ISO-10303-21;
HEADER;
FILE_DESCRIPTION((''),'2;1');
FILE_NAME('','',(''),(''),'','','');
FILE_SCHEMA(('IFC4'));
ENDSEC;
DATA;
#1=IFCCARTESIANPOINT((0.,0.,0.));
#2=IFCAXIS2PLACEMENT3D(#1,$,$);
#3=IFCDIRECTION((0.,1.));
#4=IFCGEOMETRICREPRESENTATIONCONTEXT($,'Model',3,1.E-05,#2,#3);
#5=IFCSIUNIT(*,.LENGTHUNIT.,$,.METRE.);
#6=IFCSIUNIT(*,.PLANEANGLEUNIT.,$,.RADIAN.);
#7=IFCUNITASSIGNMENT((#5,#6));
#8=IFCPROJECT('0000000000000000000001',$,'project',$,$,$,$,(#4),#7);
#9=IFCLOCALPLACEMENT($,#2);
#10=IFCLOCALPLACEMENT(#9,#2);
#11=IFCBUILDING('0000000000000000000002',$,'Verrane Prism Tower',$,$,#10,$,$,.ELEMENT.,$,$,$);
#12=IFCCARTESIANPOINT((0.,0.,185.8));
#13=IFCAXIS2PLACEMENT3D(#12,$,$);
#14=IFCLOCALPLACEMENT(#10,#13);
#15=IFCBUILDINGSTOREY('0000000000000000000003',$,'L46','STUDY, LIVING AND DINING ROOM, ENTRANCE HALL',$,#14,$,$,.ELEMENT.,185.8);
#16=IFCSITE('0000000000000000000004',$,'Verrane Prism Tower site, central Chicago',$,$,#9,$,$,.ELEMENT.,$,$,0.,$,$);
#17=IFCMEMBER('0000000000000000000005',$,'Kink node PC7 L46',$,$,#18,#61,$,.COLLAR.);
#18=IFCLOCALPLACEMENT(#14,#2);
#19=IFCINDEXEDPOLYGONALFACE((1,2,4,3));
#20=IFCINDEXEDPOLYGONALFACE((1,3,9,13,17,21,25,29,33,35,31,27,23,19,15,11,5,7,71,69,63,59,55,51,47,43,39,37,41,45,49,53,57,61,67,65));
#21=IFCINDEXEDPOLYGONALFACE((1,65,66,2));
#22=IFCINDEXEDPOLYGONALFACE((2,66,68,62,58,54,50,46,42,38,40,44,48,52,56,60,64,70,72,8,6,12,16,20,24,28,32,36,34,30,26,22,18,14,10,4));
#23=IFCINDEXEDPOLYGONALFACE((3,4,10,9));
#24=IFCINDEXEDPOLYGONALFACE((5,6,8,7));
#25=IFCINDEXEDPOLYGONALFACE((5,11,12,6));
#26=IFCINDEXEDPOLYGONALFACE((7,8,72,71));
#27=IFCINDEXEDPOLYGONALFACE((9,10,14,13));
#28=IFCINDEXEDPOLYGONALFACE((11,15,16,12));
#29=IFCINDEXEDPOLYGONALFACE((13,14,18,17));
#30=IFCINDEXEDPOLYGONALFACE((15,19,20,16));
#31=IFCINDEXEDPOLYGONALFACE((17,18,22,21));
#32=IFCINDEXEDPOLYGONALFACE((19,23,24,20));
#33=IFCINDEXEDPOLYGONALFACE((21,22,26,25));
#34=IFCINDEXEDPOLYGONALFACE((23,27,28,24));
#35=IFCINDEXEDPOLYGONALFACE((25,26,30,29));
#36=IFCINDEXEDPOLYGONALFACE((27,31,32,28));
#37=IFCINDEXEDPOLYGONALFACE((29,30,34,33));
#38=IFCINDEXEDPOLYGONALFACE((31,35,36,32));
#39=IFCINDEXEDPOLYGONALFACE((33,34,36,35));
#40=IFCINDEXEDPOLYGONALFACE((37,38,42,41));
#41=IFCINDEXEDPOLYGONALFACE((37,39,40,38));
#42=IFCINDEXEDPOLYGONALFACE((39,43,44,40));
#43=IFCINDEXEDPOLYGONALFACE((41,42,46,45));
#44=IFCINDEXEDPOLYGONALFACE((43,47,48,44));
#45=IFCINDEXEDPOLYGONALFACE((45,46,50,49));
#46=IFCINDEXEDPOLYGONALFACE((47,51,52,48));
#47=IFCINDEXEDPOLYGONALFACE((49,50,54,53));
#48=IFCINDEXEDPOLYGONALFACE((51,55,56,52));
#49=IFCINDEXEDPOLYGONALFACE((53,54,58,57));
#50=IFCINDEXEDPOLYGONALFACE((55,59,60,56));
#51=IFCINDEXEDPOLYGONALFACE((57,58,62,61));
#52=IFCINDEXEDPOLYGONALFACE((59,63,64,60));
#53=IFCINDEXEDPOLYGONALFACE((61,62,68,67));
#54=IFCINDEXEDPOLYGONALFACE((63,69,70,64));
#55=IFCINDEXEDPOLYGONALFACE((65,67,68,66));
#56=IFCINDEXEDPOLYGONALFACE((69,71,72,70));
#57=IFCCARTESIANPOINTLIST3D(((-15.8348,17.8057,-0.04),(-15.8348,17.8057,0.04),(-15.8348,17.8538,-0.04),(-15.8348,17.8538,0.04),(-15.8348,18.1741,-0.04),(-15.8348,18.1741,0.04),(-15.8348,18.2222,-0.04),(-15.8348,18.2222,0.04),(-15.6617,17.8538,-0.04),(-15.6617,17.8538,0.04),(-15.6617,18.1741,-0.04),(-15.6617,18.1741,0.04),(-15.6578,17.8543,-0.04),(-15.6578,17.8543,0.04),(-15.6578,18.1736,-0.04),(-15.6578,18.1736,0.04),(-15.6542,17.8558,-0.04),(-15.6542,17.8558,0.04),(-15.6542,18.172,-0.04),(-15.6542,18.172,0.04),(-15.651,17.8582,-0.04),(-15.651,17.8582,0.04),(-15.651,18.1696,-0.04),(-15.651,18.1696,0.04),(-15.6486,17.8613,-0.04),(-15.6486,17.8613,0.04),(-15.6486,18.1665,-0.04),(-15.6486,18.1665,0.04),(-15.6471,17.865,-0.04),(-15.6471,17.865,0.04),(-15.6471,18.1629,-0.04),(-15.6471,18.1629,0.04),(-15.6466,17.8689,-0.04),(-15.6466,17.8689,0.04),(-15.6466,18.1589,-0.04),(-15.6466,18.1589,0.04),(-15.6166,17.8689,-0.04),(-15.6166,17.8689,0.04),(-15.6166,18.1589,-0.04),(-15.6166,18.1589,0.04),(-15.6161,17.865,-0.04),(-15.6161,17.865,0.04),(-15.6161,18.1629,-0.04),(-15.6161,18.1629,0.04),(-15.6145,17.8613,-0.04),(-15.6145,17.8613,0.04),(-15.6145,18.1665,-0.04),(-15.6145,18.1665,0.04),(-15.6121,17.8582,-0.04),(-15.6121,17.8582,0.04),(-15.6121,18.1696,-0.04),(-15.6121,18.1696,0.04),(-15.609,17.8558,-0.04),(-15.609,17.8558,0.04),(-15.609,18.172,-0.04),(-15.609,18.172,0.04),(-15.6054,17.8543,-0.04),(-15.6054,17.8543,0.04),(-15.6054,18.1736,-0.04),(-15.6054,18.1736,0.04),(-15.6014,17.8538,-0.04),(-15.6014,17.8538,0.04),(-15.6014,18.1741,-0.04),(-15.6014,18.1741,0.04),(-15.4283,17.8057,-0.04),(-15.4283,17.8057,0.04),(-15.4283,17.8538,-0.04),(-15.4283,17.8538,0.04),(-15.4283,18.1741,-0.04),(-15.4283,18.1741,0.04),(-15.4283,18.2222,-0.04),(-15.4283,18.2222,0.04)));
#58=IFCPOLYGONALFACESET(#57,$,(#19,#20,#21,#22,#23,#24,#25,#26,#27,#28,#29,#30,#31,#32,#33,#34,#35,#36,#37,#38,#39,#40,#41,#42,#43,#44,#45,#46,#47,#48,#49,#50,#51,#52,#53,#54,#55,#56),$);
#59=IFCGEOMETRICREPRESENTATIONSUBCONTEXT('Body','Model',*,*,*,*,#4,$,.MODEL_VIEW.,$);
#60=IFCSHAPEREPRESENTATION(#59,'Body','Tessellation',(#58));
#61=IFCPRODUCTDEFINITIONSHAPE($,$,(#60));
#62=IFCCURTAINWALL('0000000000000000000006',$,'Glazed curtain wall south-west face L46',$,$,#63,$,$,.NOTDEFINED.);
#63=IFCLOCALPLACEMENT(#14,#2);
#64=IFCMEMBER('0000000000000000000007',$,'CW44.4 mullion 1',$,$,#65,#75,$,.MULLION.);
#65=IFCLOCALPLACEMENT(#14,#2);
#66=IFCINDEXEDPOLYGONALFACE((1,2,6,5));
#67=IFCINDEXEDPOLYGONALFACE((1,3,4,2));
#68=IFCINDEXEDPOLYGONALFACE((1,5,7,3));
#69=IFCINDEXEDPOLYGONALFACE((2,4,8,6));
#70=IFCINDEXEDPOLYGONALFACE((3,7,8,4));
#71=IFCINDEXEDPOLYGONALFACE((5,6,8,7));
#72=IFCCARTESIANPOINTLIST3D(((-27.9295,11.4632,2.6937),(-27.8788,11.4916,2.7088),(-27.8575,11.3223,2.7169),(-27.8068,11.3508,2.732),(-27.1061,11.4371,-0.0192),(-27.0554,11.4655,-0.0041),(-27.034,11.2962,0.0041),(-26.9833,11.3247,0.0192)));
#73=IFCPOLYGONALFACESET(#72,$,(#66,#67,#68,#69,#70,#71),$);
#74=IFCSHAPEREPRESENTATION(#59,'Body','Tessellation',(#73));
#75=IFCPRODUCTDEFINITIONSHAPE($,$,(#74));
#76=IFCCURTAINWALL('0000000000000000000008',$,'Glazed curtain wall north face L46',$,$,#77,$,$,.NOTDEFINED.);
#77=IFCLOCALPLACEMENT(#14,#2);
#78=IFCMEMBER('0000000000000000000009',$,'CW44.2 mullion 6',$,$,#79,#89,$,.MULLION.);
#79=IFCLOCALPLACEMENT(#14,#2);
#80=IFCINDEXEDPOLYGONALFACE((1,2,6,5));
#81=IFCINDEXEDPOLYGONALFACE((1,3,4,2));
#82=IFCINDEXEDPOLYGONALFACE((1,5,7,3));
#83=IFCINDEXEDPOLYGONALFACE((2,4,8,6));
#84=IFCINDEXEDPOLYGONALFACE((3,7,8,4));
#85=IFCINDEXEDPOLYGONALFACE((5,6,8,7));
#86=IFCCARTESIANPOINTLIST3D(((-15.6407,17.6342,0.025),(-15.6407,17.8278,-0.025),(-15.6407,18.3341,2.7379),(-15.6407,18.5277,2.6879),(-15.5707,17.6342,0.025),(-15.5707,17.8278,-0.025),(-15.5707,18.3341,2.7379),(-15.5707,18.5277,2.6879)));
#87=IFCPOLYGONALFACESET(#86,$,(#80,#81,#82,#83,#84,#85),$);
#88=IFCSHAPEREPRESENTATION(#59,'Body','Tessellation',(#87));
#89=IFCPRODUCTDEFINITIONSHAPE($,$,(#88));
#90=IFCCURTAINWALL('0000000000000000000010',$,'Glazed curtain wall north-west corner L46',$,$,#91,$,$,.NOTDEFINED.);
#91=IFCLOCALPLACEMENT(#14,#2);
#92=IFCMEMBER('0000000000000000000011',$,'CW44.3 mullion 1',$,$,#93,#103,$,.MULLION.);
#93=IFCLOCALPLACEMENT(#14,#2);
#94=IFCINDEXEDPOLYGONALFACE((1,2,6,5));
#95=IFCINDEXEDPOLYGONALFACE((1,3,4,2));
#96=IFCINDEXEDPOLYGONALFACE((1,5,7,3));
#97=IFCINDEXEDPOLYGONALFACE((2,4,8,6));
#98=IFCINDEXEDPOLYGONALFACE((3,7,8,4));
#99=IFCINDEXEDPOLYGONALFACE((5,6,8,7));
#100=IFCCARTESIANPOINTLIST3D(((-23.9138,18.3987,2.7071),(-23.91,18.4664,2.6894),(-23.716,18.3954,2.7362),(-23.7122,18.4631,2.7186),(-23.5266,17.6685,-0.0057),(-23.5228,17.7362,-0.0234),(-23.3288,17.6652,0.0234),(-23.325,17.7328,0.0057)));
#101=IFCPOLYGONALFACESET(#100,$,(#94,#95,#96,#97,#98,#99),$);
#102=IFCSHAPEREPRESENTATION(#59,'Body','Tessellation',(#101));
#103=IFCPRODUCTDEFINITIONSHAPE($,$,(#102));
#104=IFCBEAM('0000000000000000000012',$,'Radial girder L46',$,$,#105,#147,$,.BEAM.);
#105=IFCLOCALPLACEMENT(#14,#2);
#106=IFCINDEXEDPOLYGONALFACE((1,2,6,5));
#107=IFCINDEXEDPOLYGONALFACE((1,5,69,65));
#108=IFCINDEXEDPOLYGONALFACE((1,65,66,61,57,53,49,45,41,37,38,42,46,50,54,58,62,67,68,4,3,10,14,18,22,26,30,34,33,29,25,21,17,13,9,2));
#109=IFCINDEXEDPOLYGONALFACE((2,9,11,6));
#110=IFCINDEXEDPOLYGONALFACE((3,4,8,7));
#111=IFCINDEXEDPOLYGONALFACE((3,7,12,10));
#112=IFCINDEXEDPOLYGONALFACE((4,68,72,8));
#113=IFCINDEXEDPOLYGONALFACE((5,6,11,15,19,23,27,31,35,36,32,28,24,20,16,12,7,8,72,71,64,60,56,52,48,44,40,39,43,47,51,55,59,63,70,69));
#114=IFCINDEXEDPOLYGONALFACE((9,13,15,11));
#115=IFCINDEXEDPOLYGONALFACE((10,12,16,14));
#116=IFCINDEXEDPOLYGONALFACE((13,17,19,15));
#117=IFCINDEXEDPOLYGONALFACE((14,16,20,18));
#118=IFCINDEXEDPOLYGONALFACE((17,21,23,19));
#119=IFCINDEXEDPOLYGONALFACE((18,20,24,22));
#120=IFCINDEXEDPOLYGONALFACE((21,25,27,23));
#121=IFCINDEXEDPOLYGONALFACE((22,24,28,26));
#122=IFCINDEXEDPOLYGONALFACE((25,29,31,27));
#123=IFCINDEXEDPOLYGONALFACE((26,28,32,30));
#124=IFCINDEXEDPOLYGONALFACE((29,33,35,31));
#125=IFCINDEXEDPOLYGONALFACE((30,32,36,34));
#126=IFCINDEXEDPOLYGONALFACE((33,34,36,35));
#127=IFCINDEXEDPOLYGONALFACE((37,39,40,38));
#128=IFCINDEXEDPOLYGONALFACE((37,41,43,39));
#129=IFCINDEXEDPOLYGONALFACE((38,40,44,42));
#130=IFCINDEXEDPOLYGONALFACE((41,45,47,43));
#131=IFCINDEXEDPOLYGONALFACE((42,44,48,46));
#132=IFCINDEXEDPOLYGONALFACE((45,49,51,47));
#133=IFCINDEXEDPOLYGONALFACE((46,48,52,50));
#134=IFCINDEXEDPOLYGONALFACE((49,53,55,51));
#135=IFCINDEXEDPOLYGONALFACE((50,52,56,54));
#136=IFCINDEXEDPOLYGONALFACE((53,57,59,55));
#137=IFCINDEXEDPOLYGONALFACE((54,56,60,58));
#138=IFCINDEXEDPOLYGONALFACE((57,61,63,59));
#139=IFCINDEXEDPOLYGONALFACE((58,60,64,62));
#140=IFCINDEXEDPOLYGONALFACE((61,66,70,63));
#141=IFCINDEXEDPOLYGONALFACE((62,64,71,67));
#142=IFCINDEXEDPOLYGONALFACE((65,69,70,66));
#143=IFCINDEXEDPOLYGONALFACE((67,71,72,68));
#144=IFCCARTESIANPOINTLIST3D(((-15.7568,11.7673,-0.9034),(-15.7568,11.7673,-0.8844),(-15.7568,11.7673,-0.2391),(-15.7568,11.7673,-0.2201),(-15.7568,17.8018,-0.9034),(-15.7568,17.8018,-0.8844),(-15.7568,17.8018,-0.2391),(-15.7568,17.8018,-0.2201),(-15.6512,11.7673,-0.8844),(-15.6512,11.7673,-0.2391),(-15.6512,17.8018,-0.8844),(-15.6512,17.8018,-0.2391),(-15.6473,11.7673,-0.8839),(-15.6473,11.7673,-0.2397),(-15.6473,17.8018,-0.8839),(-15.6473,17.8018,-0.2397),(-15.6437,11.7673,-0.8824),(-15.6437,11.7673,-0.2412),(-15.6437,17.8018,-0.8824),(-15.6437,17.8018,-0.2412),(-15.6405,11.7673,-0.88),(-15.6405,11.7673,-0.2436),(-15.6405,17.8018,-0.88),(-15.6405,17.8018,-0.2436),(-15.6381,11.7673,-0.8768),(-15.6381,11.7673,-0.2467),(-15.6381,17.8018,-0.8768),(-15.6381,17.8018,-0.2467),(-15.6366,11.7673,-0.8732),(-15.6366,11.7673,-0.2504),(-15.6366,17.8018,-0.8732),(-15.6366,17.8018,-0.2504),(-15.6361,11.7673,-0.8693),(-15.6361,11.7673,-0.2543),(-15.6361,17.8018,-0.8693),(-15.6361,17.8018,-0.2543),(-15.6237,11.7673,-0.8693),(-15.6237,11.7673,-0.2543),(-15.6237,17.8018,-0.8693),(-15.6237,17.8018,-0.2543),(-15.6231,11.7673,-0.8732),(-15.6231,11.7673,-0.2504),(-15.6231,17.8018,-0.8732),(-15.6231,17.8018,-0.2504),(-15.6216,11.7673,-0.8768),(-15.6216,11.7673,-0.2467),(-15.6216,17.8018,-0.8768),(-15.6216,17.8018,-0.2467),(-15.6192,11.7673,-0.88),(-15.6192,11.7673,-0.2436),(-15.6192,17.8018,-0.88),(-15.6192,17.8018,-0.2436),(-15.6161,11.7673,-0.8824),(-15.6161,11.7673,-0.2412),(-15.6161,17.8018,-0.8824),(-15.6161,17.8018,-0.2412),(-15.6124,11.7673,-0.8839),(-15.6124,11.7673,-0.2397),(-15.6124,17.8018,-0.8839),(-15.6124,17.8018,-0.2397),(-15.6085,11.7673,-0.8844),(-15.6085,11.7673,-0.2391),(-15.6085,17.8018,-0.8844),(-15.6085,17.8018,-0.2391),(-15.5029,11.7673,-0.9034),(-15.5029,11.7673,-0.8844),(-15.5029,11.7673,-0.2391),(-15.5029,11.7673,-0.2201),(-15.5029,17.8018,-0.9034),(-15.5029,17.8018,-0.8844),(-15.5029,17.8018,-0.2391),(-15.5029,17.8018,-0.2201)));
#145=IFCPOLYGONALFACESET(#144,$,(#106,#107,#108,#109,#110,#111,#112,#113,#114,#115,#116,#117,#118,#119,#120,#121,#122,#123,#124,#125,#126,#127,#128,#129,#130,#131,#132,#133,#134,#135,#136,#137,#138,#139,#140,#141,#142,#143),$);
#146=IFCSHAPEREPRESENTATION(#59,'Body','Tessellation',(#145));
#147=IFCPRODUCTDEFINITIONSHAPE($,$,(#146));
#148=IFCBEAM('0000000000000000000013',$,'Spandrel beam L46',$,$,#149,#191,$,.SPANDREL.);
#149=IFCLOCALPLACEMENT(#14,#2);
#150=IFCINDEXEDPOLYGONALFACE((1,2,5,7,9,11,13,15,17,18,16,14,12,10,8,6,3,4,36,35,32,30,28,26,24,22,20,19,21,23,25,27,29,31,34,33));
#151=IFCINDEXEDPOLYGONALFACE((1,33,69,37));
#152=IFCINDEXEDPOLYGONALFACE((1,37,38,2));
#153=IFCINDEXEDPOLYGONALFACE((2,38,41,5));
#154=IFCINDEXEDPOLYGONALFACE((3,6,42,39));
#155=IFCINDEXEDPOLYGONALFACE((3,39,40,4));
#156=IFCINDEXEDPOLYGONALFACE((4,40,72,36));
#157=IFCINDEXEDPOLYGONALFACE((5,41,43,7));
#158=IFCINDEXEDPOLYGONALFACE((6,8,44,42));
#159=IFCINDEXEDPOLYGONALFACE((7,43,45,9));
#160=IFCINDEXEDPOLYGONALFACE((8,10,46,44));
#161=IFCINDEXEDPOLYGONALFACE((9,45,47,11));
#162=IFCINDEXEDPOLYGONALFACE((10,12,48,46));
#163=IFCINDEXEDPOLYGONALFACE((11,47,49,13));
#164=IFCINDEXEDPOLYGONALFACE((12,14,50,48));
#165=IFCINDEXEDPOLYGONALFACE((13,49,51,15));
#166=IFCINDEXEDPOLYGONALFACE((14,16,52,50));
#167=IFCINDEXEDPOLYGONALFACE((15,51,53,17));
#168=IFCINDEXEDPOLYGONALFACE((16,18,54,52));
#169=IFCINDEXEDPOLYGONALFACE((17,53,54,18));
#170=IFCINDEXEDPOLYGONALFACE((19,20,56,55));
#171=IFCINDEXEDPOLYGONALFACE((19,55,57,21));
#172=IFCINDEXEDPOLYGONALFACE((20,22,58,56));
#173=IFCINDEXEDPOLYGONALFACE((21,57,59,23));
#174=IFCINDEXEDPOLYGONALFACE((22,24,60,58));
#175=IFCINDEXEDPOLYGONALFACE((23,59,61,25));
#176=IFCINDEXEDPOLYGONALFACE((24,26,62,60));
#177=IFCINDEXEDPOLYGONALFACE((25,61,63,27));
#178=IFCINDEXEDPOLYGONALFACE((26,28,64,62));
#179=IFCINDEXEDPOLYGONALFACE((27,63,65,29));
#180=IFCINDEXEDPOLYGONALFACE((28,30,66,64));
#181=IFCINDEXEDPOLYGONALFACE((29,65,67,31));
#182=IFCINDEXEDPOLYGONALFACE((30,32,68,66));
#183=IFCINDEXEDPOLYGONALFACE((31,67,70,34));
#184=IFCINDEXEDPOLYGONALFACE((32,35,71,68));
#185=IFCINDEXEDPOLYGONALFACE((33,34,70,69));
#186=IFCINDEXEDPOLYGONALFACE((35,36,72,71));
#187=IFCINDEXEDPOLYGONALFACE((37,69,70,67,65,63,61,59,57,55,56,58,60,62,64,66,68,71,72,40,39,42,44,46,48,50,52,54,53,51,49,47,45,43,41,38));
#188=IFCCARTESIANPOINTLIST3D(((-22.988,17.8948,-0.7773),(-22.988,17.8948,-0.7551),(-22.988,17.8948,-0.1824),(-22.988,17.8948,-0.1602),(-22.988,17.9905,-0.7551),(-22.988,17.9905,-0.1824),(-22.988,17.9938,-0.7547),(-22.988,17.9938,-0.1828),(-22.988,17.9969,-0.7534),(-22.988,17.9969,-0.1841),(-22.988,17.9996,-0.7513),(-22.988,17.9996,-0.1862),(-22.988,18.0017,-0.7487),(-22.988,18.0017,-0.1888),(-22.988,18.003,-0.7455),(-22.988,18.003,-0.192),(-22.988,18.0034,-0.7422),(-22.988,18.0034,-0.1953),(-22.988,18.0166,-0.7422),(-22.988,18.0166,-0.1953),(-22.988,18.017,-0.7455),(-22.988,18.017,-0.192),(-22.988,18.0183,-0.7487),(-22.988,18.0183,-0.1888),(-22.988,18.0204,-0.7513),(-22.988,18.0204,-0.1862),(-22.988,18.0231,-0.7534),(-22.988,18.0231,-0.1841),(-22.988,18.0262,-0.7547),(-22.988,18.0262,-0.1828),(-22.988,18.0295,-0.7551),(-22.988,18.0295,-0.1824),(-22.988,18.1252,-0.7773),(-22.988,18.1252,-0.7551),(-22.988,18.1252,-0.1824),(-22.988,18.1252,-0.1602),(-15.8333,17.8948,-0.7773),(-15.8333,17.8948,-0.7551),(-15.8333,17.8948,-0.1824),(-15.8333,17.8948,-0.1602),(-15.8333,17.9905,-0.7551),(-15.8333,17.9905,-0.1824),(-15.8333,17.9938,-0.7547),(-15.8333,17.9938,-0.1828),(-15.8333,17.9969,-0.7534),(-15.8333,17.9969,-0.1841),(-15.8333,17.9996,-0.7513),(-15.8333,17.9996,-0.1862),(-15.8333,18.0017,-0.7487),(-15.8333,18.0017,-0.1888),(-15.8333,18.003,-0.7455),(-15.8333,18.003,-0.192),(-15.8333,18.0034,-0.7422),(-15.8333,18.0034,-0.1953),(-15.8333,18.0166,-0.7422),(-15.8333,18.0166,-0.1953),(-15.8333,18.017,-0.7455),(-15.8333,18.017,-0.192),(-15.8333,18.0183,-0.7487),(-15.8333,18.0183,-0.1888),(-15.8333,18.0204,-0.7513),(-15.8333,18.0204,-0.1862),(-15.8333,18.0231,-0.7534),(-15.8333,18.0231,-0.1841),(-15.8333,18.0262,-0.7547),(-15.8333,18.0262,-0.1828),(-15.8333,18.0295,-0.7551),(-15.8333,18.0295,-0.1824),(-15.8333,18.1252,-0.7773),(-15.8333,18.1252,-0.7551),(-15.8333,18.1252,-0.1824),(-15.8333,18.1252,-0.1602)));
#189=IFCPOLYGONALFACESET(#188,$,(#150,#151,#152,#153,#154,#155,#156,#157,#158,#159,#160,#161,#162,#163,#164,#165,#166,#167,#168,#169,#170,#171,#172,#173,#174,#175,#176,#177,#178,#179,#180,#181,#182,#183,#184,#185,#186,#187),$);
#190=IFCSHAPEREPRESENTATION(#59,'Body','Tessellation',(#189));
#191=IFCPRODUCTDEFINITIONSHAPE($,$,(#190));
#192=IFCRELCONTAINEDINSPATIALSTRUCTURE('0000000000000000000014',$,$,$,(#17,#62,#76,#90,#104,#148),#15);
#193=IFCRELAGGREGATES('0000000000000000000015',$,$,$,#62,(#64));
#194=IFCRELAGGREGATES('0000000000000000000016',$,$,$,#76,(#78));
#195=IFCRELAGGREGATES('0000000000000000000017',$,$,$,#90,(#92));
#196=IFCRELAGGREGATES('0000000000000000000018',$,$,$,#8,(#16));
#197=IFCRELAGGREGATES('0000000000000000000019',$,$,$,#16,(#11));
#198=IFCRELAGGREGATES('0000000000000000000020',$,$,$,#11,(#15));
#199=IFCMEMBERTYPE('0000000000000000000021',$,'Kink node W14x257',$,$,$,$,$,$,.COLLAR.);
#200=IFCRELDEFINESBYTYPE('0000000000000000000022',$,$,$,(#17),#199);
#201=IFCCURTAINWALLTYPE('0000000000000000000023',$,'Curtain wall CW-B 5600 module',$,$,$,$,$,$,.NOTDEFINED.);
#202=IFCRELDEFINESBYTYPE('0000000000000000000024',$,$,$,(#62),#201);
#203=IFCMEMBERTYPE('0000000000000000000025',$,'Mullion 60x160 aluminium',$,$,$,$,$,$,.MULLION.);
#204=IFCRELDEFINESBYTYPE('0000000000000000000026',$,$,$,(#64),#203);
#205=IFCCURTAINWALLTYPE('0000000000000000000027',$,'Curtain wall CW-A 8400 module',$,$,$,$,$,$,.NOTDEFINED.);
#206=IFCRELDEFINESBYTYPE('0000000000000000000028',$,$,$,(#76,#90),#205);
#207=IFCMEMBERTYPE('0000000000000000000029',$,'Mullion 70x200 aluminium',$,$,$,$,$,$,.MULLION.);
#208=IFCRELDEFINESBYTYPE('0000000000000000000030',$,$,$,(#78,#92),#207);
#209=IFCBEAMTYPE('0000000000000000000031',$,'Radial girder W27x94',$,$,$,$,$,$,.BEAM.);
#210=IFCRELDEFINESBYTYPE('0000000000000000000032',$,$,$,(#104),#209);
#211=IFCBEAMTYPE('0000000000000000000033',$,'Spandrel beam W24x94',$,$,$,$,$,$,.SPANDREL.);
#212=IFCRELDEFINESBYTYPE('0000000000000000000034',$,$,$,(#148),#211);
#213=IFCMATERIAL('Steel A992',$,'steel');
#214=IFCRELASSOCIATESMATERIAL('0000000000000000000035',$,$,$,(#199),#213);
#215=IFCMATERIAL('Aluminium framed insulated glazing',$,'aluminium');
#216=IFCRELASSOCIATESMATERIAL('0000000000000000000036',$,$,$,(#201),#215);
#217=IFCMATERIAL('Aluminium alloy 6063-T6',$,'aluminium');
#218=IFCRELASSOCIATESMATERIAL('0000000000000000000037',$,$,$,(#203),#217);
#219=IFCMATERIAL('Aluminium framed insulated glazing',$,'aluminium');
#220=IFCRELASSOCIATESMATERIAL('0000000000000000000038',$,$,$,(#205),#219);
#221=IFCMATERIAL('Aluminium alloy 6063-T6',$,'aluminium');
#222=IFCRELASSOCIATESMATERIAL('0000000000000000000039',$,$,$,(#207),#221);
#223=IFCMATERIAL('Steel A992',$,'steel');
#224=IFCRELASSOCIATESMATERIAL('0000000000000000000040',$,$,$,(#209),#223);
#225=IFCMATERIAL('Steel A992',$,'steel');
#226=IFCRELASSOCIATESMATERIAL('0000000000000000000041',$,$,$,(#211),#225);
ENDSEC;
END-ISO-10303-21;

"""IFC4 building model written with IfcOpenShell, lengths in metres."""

from ifc_helpers import new_model, si_unit, direction, frame, origin, origin_2d, place, context, subcontext, project, spatial, rectangle, i_section, extrude, material, material_profile, profile_set, type_object, element, aggregate, save


model = new_model("IFC4")

# Units and contexts
model_context = context("Model", 3, precision=1e-05, world=origin(), true_north=direction((0.0, 1.0)))
body_context = subcontext(model_context, "Body", "Model", "MODEL_VIEW")
ifc_project = project(units=[si_unit("LENGTHUNIT", "METRE"), si_unit("PLANEANGLEUNIT", "RADIAN")], contexts=[model_context])

# Site, building, storey
site_placement = place(None, origin())
site = spatial("IfcSite", under=ifc_project, at=site_placement, Name="Verrane Prism Tower site, central Chicago", CompositionType="ELEMENT", RefElevation=0.0)
building_placement = place(site_placement, origin())
building = spatial("IfcBuilding", under=site, at=building_placement, Name="Verrane Prism Tower", CompositionType="ELEMENT")
storey_placement = place(building_placement, frame((0.0, 0.0, 185.8)))
storey = spatial("IfcBuildingStorey", under=building, at=storey_placement, Name="L46", Description="STUDY, LIVING AND DINING ROOM, ENTRANCE HALL", CompositionType="ELEMENT", Elevation=185.8)

# Member
ifc_material_1 = material(Name="Steel A992", Category="steel")
ifc_material_profile_1 = material_profile(ifc_material_1, i_section(OverallWidth=0.4065, OverallDepth=0.4165, WebThickness=0.03, FlangeThickness=0.0481, FilletRadius=0.0151, at=origin_2d()), Name="W14x257")
ifc_profile_set_1 = profile_set([ifc_material_profile_1], Name="Steel A992")
member_type_1 = type_object("IfcMemberType", Name="Kink node W14x257", PredefinedType="COLLAR", material=ifc_profile_set_1)
member_1_placement = place(storey_placement, frame((-15.6316, 18.0139, -0.04), z_axis=(0.0, 0.0, 1.0), x_axis=(1.0, 0.0, 0.0)))
element("IfcMember", 1, at=member_1_placement, inside=storey, type_object=member_type_1, Name="Kink node PC7 L46", PredefinedType="COLLAR", context=body_context, shape_type="SweptSolid", body=[
    extrude(i_section(OverallWidth=0.4065, OverallDepth=0.4165, WebThickness=0.03, FlangeThickness=0.0481, FilletRadius=0.0151, at=origin_2d()), origin(), (0.0, 0.0, 1.0), 0.0801),
])

# Curtain walls, members
ifc_material_2 = material(Name="Aluminium framed insulated glazing", Category="aluminium")
curtain_wall_type_1 = type_object("IfcCurtainWallType", Name="Curtain wall CW-B 5600 module", PredefinedType="NOTDEFINED", material=ifc_material_2)
curtain_wall_1_placement = place(storey_placement, origin())
curtain_wall_1 = element("IfcCurtainWall", 2, at=curtain_wall_1_placement, inside=storey, type_object=curtain_wall_type_1, Name="Glazed curtain wall south-west face L46", PredefinedType="NOTDEFINED")
ifc_material_3 = material(Name="Aluminium alloy 6063-T6", Category="aluminium")
ifc_material_profile_2 = material_profile(ifc_material_3, rectangle(XDim=0.1599, YDim=0.0601, at=origin_2d()), Name="Mullion 60x160 aluminium")
ifc_profile_set_2 = profile_set([ifc_material_profile_2], Name="Aluminium alloy 6063-T6")
member_type_2 = type_object("IfcMemberType", Name="Mullion 60x160 aluminium", PredefinedType="MULLION", material=ifc_profile_set_2)
member_2_placement = place(storey_placement, frame((-27.0447, 11.3809, 0.0), z_axis=(-0.290447, 0.009214, 0.956847), x_axis=(0.450724, -0.880759, 0.145296)))
member_2 = element("IfcMember", 3, at=member_2_placement, type_object=member_type_2, Name="CW44.4 mullion 1", PredefinedType="MULLION", context=body_context, shape_type="SweptSolid", body=[
    extrude(rectangle(XDim=0.1599, YDim=0.0601, at=origin_2d()), origin(), (0.0, 0.0, 1.0), 2.8352),
])
ifc_material_4 = material(Name="Aluminium framed insulated glazing", Category="aluminium")
curtain_wall_type_2 = type_object("IfcCurtainWallType", Name="Curtain wall CW-A 8400 module", PredefinedType="NOTDEFINED", material=ifc_material_4)
curtain_wall_2_placement = place(storey_placement, origin())
curtain_wall_2 = element("IfcCurtainWall", 4, at=curtain_wall_2_placement, inside=storey, type_object=curtain_wall_type_2, Name="Glazed curtain wall north face L46", PredefinedType="NOTDEFINED")
ifc_material_5 = material(Name="Aluminium alloy 6063-T6", Category="aluminium")
ifc_material_profile_3 = material_profile(ifc_material_5, rectangle(XDim=0.2, YDim=0.0701, at=origin_2d()), Name="Mullion 70x200 aluminium")
ifc_profile_set_3 = profile_set([ifc_material_profile_3], Name="Aluminium alloy 6063-T6")
member_type_3 = type_object("IfcMemberType", Name="Mullion 70x200 aluminium", PredefinedType="MULLION", material=ifc_profile_set_3)
member_3_placement = place(storey_placement, frame((-15.6057, 17.731, 0.0), z_axis=(0.0, 0.249828, 0.96829), x_axis=(0.0, 0.96829, -0.249828)))
member_3 = element("IfcMember", 5, at=member_3_placement, type_object=member_type_3, Name="CW44.2 mullion 6", PredefinedType="MULLION", context=body_context, shape_type="SweptSolid", body=[
    extrude(rectangle(XDim=0.2, YDim=0.0701, at=origin_2d()), origin(), (0.0, 0.0, 1.0), 2.8018),
])
curtain_wall_3_placement = place(storey_placement, origin())
curtain_wall_3 = element("IfcCurtainWall", 6, at=curtain_wall_3_placement, inside=storey, type_object=curtain_wall_type_2, Name="Glazed curtain wall north-west corner L46", PredefinedType="NOTDEFINED")
member_4_placement = place(storey_placement, frame((-23.4258, 17.7007, 0.0), z_axis=(-0.136532, 0.257483, 0.956588), x_axis=(-0.989182, 0.016857, -0.145722)))
member_4 = element("IfcMember", 7, at=member_4_placement, type_object=member_type_3, Name="CW44.3 mullion 1", PredefinedType="MULLION", context=body_context, shape_type="SweptSolid", body=[
    extrude(rectangle(XDim=0.2, YDim=0.0701, at=origin_2d()), origin(), (0.0, 0.0, 1.0), 2.8359),
])

# Beams
ifc_material_6 = material(Name="Steel A992", Category="steel")
ifc_material_profile_4 = material_profile(ifc_material_6, i_section(OverallWidth=0.2539, OverallDepth=0.6833, WebThickness=0.0125, FlangeThickness=0.019, FilletRadius=0.0151, at=origin_2d()), Name="W27x94")
ifc_profile_set_4 = profile_set([ifc_material_profile_4], Name="Steel A992")
beam_type_1 = type_object("IfcBeamType", Name="Radial girder W27x94", PredefinedType="BEAM", material=ifc_profile_set_4)
beam_1_placement = place(storey_placement, frame((-15.6299, 17.8018, -0.5618), z_axis=(0.0, -1.0, 0.0), x_axis=(1.0, 0.0, 0.0)))
element("IfcBeam", 8, at=beam_1_placement, inside=storey, type_object=beam_type_1, Name="Radial girder L46", PredefinedType="BEAM", context=body_context, shape_type="SweptSolid", body=[
    extrude(i_section(OverallWidth=0.2539, OverallDepth=0.6833, WebThickness=0.0125, FlangeThickness=0.019, FilletRadius=0.0151, at=origin_2d()), origin(), (0.0, 0.0, 1.0), 6.0344),
])
ifc_material_7 = material(Name="Steel A992", Category="steel")
ifc_material_profile_5 = material_profile(ifc_material_7, i_section(OverallWidth=0.2305, OverallDepth=0.6172, WebThickness=0.0132, FlangeThickness=0.0222, FilletRadius=0.0129, at=origin_2d()), Name="W24x94")
ifc_profile_set_5 = profile_set([ifc_material_profile_5], Name="Steel A992")
beam_type_2 = type_object("IfcBeamType", Name="Spandrel beam W24x94", PredefinedType="SPANDREL", material=ifc_profile_set_5)
beam_2_placement = place(storey_placement, frame((-15.8333, 18.01, -0.4688), z_axis=(-1.0, 0.0, 0.0), x_axis=(0.0, -1.0, 0.0)))
element("IfcBeam", 9, at=beam_2_placement, inside=storey, type_object=beam_type_2, Name="Spandrel beam L46", PredefinedType="SPANDREL", context=body_context, shape_type="SweptSolid", body=[
    extrude(i_section(OverallWidth=0.2305, OverallDepth=0.6172, WebThickness=0.0132, FlangeThickness=0.0222, FilletRadius=0.0129, at=origin_2d()), origin(), (0.0, 0.0, 1.0), 7.1548),
])

aggregate(curtain_wall_1, [member_2])
aggregate(curtain_wall_2, [member_3])
aggregate(curtain_wall_3, [member_4])

save(model, "model.ifc")
